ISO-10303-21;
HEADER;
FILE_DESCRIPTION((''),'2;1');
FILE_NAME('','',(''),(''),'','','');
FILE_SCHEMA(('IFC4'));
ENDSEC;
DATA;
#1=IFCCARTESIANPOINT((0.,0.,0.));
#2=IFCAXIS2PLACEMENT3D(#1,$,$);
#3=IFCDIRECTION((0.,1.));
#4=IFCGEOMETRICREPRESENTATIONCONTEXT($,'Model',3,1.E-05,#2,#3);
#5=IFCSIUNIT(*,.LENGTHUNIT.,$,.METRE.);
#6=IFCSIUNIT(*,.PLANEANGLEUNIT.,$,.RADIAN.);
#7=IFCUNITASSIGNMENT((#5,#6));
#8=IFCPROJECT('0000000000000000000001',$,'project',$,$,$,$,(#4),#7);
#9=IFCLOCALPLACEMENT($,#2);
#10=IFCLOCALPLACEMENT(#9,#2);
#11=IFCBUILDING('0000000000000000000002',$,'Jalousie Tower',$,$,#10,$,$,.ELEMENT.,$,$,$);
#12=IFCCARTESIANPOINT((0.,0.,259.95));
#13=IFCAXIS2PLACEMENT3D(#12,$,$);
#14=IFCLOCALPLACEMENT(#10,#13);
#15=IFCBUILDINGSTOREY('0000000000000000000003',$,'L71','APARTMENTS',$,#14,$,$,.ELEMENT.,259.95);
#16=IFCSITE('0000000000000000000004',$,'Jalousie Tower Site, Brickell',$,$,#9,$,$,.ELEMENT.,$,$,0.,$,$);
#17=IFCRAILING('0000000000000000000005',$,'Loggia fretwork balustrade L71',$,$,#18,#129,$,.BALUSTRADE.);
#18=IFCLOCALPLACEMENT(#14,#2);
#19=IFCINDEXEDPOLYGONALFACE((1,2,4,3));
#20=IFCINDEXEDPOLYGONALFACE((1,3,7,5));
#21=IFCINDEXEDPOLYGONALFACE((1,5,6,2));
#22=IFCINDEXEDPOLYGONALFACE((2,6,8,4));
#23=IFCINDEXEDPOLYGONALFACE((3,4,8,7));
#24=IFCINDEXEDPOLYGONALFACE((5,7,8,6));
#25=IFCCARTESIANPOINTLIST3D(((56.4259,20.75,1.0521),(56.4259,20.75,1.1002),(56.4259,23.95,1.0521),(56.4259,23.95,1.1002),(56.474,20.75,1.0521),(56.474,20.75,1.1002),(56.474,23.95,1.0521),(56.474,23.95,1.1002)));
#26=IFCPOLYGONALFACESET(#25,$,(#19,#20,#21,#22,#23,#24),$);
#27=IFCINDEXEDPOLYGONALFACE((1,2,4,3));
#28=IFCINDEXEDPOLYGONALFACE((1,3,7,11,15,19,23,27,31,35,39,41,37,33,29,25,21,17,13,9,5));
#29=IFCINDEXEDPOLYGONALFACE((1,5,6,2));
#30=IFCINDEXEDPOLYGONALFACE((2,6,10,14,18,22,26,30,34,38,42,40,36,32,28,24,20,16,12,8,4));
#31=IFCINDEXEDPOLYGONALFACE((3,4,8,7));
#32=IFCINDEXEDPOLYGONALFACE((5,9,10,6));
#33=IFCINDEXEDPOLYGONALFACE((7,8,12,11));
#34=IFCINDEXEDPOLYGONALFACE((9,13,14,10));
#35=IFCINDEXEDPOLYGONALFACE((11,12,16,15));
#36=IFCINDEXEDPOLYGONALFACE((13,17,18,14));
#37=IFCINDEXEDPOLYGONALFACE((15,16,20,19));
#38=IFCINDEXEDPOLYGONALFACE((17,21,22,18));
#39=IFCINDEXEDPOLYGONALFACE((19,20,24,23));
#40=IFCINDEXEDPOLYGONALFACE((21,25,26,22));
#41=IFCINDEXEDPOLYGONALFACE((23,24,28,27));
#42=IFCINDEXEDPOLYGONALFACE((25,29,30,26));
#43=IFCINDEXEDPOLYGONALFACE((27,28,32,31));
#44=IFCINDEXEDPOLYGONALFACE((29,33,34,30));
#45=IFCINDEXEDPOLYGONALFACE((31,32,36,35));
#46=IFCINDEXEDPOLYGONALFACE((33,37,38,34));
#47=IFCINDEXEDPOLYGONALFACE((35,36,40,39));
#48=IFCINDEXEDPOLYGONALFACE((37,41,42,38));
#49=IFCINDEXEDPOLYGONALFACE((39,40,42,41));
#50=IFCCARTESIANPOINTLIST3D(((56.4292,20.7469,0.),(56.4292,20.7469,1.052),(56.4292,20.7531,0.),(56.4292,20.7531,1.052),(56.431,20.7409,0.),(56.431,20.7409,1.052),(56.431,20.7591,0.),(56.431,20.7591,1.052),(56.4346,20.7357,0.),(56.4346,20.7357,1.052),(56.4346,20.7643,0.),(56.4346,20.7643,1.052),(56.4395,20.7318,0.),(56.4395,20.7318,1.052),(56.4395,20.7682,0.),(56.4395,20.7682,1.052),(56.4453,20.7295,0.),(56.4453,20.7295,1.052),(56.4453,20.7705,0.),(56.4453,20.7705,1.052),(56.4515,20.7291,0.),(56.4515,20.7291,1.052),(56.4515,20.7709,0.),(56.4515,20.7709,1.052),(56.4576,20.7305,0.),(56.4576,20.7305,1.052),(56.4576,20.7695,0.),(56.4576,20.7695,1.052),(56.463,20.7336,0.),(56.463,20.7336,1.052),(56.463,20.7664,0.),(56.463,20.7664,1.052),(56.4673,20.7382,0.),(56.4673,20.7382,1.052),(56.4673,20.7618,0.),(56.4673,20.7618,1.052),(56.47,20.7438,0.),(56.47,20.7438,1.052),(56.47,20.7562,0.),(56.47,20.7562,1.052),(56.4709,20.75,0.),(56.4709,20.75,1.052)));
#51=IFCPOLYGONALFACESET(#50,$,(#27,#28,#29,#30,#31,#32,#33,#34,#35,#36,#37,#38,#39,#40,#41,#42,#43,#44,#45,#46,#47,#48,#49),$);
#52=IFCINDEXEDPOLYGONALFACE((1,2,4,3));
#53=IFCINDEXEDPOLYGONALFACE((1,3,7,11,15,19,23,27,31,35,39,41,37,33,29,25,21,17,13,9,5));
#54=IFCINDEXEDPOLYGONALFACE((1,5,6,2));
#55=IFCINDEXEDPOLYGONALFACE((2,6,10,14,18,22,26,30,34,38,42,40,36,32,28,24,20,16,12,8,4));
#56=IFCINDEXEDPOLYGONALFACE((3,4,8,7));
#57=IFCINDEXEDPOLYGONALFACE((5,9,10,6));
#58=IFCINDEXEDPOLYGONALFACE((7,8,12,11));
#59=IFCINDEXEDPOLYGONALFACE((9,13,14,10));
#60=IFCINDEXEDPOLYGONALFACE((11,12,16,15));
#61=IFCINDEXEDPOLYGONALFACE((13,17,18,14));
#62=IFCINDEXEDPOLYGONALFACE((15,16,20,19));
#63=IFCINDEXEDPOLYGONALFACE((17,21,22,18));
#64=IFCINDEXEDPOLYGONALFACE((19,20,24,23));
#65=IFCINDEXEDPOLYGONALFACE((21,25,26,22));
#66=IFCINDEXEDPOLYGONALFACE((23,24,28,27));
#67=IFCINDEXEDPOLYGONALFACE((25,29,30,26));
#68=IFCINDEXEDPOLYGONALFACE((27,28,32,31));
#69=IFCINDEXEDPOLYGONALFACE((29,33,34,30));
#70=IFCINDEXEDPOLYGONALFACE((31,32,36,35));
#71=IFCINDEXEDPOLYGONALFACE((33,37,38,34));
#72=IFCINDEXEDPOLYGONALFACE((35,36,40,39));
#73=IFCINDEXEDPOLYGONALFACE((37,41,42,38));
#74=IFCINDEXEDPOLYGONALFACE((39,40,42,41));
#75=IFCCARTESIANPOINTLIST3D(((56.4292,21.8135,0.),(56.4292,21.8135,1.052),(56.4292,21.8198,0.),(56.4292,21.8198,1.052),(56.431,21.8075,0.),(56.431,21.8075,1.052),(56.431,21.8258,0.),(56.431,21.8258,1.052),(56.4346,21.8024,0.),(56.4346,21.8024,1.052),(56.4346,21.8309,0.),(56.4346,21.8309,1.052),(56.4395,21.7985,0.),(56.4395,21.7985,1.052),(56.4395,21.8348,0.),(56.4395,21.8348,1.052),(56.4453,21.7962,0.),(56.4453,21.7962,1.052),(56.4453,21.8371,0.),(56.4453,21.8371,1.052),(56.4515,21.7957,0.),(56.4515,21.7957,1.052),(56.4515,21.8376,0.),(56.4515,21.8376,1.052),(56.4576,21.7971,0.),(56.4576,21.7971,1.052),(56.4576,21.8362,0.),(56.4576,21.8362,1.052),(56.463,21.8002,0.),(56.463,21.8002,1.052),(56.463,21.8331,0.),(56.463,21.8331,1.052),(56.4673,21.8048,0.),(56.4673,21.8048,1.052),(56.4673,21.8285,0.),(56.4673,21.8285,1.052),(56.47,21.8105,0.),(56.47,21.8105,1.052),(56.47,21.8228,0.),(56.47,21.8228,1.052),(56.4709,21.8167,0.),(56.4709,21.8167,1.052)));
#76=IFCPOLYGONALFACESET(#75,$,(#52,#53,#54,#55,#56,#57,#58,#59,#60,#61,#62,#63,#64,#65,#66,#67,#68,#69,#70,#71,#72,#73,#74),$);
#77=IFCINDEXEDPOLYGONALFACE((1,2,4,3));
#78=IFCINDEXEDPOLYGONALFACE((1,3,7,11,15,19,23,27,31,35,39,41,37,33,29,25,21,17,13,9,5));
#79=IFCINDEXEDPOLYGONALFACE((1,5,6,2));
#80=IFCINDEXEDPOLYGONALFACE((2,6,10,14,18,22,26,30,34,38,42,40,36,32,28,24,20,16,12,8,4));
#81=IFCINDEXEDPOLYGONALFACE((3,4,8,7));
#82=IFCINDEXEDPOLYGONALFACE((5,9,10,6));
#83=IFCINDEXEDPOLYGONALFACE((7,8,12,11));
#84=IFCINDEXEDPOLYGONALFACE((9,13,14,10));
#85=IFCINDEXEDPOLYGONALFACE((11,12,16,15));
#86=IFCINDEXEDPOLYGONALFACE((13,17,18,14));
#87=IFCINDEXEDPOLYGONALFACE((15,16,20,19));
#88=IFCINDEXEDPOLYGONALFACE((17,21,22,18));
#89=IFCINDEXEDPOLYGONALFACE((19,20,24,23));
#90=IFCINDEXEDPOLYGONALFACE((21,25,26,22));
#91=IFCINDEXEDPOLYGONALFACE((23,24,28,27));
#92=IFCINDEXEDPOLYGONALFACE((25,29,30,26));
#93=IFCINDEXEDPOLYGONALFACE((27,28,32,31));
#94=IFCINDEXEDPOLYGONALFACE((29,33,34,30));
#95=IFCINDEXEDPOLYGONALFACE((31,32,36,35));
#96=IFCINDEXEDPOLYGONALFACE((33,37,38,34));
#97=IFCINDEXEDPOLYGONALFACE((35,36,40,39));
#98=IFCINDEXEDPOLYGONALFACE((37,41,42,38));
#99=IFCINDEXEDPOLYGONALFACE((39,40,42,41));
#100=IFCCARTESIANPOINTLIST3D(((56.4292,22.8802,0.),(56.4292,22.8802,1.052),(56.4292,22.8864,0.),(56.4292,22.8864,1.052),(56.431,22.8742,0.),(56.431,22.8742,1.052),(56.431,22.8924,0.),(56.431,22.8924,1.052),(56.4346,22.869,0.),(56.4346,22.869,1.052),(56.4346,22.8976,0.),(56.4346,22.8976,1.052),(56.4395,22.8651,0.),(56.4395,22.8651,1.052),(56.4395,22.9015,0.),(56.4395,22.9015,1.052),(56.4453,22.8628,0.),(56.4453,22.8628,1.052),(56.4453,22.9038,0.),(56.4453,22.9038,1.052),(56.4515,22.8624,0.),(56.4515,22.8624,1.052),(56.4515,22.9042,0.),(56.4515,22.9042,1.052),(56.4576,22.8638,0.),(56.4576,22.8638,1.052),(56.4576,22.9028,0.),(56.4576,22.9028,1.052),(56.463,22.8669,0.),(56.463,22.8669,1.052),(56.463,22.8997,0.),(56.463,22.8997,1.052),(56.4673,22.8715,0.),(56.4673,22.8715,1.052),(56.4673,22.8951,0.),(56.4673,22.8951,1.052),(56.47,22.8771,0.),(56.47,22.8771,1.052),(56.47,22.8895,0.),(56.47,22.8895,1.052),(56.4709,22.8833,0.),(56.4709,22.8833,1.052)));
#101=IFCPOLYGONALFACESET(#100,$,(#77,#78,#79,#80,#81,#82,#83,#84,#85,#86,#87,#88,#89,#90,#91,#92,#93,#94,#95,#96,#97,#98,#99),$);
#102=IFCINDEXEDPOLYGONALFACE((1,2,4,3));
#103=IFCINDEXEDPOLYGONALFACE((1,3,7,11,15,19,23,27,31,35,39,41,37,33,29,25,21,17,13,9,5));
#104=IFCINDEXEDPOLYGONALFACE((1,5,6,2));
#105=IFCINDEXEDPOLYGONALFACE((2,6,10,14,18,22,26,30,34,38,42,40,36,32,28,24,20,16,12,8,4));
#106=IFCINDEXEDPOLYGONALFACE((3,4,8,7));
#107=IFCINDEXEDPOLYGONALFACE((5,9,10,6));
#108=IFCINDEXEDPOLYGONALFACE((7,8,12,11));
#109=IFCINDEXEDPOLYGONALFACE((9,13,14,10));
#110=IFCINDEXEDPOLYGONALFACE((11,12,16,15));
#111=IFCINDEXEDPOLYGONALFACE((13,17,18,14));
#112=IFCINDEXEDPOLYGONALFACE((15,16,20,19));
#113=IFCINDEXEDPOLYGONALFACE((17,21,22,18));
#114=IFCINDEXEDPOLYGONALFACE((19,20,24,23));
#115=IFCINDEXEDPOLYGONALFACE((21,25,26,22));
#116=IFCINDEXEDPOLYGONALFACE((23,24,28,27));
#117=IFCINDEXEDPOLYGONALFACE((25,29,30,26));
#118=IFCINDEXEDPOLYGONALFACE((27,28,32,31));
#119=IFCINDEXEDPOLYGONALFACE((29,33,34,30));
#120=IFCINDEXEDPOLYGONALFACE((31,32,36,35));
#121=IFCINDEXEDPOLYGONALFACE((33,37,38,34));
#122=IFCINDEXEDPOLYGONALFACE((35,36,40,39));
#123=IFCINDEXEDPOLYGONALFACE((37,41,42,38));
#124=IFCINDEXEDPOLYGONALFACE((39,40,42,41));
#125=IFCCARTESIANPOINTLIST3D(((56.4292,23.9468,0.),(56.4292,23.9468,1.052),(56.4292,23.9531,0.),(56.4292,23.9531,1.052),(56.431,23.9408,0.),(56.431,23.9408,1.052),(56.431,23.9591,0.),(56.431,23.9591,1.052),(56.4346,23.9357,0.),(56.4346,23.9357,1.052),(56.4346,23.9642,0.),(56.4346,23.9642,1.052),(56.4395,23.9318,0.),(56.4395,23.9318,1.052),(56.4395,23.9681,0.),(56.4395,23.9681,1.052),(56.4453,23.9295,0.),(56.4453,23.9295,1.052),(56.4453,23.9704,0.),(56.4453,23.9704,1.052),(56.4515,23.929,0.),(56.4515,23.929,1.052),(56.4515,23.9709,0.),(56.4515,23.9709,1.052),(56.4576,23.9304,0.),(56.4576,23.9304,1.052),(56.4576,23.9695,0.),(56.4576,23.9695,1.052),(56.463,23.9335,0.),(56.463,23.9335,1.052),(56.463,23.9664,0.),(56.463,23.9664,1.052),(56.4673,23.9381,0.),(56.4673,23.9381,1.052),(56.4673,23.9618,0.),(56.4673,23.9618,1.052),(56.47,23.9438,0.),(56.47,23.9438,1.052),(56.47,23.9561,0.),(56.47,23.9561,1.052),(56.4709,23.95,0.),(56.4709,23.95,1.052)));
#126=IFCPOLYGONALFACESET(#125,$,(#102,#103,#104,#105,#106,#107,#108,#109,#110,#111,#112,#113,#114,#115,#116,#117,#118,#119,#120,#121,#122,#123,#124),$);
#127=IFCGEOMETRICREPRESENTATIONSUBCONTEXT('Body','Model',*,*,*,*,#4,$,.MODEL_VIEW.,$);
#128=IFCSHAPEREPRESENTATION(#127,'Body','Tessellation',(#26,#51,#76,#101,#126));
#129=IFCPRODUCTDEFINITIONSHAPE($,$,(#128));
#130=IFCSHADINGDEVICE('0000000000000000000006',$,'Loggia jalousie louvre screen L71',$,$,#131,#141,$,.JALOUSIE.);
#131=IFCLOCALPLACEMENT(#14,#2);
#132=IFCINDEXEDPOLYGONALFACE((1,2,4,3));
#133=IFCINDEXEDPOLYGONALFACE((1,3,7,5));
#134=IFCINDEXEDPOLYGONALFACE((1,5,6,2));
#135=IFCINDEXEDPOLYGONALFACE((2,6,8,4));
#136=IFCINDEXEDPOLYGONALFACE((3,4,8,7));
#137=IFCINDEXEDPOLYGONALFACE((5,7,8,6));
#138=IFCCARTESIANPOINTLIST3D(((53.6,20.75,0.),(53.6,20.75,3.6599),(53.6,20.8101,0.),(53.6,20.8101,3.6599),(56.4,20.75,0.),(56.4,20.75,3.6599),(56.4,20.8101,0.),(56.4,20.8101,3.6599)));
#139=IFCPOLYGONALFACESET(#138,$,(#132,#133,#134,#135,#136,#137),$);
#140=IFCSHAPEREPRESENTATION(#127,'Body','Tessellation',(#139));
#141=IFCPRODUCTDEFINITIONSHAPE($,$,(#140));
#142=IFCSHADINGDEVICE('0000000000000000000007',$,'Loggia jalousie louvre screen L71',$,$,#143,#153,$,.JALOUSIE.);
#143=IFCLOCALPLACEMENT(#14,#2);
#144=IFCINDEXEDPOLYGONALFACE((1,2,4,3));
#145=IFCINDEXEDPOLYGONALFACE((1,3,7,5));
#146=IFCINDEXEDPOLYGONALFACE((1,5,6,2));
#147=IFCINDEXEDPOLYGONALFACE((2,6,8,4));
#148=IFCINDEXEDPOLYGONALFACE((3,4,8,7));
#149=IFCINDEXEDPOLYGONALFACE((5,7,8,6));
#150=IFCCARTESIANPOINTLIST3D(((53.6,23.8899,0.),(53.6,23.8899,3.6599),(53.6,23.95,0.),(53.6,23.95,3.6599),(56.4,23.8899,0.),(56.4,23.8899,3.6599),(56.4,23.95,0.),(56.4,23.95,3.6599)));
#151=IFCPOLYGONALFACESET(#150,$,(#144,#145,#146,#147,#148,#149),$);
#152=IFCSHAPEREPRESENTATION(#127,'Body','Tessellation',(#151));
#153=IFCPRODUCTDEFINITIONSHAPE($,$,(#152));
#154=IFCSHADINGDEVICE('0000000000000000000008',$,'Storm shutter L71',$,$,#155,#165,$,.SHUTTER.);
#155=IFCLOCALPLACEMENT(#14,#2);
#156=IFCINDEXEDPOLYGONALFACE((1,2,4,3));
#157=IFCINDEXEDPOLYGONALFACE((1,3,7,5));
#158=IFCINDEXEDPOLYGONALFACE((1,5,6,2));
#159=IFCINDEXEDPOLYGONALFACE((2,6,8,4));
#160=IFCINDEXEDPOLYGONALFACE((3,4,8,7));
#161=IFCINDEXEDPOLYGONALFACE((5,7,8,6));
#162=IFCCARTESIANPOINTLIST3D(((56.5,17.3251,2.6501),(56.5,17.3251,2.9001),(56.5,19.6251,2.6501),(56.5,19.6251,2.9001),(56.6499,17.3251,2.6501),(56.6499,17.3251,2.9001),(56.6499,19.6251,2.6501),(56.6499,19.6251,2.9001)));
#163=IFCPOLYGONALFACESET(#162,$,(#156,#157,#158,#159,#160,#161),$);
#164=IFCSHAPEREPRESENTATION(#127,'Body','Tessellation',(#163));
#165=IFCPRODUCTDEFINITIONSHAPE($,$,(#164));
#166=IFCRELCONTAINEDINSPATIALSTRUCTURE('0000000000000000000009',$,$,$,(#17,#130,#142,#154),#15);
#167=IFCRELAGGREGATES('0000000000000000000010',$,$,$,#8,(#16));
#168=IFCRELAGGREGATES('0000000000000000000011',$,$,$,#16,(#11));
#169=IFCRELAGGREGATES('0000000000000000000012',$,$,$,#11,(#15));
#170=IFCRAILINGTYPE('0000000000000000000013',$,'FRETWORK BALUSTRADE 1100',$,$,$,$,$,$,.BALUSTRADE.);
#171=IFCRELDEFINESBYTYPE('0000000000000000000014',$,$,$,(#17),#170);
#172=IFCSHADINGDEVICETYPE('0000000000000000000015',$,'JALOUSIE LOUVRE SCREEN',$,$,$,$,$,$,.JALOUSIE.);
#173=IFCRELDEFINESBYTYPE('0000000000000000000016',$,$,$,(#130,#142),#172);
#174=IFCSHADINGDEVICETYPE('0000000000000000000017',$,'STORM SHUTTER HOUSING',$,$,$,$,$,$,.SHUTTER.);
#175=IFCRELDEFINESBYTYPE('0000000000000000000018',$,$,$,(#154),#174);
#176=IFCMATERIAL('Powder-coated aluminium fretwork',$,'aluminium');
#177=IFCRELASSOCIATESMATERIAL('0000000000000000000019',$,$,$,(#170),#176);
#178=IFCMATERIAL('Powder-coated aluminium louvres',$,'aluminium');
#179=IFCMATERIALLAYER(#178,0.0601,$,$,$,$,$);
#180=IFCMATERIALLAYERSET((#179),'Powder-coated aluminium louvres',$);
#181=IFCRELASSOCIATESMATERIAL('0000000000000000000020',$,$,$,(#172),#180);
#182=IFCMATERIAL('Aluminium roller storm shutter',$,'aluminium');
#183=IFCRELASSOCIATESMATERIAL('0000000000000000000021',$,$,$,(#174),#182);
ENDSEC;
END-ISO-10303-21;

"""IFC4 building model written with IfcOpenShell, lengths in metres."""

from ifc_helpers import new_model, si_unit, direction, frame, origin, origin_2d, place, context, subcontext, project, spatial, rectangle, circle, extrude, material, layer, layer_set, type_object, element, save


model = new_model("IFC4")

# Units and contexts
model_context = context("Model", 3, precision=1e-05, world=origin(), true_north=direction((0.0, 1.0)))
body_context = subcontext(model_context, "Body", "Model", "MODEL_VIEW")
ifc_project = project(units=[si_unit("LENGTHUNIT", "METRE"), si_unit("PLANEANGLEUNIT", "RADIAN")], contexts=[model_context])

# Site, building, storey
site_placement = place(None, origin())
site = spatial("IfcSite", under=ifc_project, at=site_placement, Name="Jalousie Tower Site, Brickell", CompositionType="ELEMENT", RefElevation=0.0)
building_placement = place(site_placement, origin())
building = spatial("IfcBuilding", under=site, at=building_placement, Name="Jalousie Tower", CompositionType="ELEMENT")
storey_placement = place(building_placement, frame((0.0, 0.0, 259.95)))
storey = spatial("IfcBuildingStorey", under=building, at=storey_placement, Name="L71", Description="APARTMENTS", CompositionType="ELEMENT", Elevation=259.95)

# Railing
ifc_material_1 = material(Name="Powder-coated aluminium fretwork", Category="aluminium")
railing_type = type_object("IfcRailingType", Name="FRETWORK BALUSTRADE 1100", PredefinedType="BALUSTRADE", material=ifc_material_1)
railing_placement = place(storey_placement, frame((56.45, 20.75, 0.0)))
element("IfcRailing", 1, at=railing_placement, inside=storey, type_object=railing_type, Name="Loggia fretwork balustrade L71", PredefinedType="BALUSTRADE", context=body_context, shape_type="SweptSolid", body=[
    extrude(rectangle(XDim=0.0481, YDim=0.0481, at=origin_2d()), frame((0.0, 0.0, 1.0762), z_axis=(0.0, 1.0, 0.0), x_axis=(-1.0, 0.0, 0.0)), (0.0, 0.0, 1.0), 3.2),
    extrude(circle(Radius=0.021, at=origin_2d()), origin(), (0.0, 0.0, 1.0), 1.052),
    extrude(circle(Radius=0.021, at=origin_2d()), frame((0.0, 1.0667, 0.0)), (0.0, 0.0, 1.0), 1.052),
    extrude(circle(Radius=0.021, at=origin_2d()), frame((0.0, 2.1333, 0.0)), (0.0, 0.0, 1.0), 1.052),
    extrude(circle(Radius=0.021, at=origin_2d()), frame((0.0, 3.2, 0.0)), (0.0, 0.0, 1.0), 1.052),
])

# Shading devices
ifc_material_2 = material(Name="Powder-coated aluminium louvres", Category="aluminium")
ifc_layer_1 = layer(ifc_material_2, 0.0601)
ifc_layer_set_1 = layer_set([ifc_layer_1], Name="Powder-coated aluminium louvres")
shading_device_type_1 = type_object("IfcShadingDeviceType", Name="JALOUSIE LOUVRE SCREEN", PredefinedType="JALOUSIE", material=ifc_layer_set_1)
for number, where, z_axis, x_axis, name in (
    (2, (55.0, 20.78, 0.0), (0.0, 0.0, 1.0), (0.0, 1.0, 0.0), "Loggia jalousie louvre screen L71"),
    (3, (55.0, 23.9199, 0.0), (0.0, 0.0, 1.0), (0.0, 1.0, 0.0), "Loggia jalousie louvre screen L71"),
):
    element("IfcShadingDevice", number, at=place(storey_placement, frame(where, z_axis=z_axis, x_axis=x_axis)), inside=storey, type_object=shading_device_type_1, Name=name, PredefinedType="JALOUSIE", context=body_context, shape_type="SweptSolid", body=[
        extrude(rectangle(XDim=0.0601, YDim=2.8, at=origin_2d()), origin(), (0.0, 0.0, 1.0), 3.6599),
    ])
ifc_material_3 = material(Name="Aluminium roller storm shutter", Category="aluminium")
shading_device_type_2 = type_object("IfcShadingDeviceType", Name="STORM SHUTTER HOUSING", PredefinedType="SHUTTER", material=ifc_material_3)
shading_device_1_placement = place(storey_placement, frame((56.575, 18.4751, 2.6501), z_axis=(0.0, 0.0, 1.0), x_axis=(0.0, 1.0, 0.0)))
element("IfcShadingDevice", 4, at=shading_device_1_placement, inside=storey, type_object=shading_device_type_2, Name="Storm shutter L71", PredefinedType="SHUTTER", context=body_context, shape_type="SweptSolid", body=[
    extrude(rectangle(XDim=2.3, YDim=0.1499, at=origin_2d()), origin(), (0.0, 0.0, 1.0), 0.25),
])

save(model, "model.ifc")
